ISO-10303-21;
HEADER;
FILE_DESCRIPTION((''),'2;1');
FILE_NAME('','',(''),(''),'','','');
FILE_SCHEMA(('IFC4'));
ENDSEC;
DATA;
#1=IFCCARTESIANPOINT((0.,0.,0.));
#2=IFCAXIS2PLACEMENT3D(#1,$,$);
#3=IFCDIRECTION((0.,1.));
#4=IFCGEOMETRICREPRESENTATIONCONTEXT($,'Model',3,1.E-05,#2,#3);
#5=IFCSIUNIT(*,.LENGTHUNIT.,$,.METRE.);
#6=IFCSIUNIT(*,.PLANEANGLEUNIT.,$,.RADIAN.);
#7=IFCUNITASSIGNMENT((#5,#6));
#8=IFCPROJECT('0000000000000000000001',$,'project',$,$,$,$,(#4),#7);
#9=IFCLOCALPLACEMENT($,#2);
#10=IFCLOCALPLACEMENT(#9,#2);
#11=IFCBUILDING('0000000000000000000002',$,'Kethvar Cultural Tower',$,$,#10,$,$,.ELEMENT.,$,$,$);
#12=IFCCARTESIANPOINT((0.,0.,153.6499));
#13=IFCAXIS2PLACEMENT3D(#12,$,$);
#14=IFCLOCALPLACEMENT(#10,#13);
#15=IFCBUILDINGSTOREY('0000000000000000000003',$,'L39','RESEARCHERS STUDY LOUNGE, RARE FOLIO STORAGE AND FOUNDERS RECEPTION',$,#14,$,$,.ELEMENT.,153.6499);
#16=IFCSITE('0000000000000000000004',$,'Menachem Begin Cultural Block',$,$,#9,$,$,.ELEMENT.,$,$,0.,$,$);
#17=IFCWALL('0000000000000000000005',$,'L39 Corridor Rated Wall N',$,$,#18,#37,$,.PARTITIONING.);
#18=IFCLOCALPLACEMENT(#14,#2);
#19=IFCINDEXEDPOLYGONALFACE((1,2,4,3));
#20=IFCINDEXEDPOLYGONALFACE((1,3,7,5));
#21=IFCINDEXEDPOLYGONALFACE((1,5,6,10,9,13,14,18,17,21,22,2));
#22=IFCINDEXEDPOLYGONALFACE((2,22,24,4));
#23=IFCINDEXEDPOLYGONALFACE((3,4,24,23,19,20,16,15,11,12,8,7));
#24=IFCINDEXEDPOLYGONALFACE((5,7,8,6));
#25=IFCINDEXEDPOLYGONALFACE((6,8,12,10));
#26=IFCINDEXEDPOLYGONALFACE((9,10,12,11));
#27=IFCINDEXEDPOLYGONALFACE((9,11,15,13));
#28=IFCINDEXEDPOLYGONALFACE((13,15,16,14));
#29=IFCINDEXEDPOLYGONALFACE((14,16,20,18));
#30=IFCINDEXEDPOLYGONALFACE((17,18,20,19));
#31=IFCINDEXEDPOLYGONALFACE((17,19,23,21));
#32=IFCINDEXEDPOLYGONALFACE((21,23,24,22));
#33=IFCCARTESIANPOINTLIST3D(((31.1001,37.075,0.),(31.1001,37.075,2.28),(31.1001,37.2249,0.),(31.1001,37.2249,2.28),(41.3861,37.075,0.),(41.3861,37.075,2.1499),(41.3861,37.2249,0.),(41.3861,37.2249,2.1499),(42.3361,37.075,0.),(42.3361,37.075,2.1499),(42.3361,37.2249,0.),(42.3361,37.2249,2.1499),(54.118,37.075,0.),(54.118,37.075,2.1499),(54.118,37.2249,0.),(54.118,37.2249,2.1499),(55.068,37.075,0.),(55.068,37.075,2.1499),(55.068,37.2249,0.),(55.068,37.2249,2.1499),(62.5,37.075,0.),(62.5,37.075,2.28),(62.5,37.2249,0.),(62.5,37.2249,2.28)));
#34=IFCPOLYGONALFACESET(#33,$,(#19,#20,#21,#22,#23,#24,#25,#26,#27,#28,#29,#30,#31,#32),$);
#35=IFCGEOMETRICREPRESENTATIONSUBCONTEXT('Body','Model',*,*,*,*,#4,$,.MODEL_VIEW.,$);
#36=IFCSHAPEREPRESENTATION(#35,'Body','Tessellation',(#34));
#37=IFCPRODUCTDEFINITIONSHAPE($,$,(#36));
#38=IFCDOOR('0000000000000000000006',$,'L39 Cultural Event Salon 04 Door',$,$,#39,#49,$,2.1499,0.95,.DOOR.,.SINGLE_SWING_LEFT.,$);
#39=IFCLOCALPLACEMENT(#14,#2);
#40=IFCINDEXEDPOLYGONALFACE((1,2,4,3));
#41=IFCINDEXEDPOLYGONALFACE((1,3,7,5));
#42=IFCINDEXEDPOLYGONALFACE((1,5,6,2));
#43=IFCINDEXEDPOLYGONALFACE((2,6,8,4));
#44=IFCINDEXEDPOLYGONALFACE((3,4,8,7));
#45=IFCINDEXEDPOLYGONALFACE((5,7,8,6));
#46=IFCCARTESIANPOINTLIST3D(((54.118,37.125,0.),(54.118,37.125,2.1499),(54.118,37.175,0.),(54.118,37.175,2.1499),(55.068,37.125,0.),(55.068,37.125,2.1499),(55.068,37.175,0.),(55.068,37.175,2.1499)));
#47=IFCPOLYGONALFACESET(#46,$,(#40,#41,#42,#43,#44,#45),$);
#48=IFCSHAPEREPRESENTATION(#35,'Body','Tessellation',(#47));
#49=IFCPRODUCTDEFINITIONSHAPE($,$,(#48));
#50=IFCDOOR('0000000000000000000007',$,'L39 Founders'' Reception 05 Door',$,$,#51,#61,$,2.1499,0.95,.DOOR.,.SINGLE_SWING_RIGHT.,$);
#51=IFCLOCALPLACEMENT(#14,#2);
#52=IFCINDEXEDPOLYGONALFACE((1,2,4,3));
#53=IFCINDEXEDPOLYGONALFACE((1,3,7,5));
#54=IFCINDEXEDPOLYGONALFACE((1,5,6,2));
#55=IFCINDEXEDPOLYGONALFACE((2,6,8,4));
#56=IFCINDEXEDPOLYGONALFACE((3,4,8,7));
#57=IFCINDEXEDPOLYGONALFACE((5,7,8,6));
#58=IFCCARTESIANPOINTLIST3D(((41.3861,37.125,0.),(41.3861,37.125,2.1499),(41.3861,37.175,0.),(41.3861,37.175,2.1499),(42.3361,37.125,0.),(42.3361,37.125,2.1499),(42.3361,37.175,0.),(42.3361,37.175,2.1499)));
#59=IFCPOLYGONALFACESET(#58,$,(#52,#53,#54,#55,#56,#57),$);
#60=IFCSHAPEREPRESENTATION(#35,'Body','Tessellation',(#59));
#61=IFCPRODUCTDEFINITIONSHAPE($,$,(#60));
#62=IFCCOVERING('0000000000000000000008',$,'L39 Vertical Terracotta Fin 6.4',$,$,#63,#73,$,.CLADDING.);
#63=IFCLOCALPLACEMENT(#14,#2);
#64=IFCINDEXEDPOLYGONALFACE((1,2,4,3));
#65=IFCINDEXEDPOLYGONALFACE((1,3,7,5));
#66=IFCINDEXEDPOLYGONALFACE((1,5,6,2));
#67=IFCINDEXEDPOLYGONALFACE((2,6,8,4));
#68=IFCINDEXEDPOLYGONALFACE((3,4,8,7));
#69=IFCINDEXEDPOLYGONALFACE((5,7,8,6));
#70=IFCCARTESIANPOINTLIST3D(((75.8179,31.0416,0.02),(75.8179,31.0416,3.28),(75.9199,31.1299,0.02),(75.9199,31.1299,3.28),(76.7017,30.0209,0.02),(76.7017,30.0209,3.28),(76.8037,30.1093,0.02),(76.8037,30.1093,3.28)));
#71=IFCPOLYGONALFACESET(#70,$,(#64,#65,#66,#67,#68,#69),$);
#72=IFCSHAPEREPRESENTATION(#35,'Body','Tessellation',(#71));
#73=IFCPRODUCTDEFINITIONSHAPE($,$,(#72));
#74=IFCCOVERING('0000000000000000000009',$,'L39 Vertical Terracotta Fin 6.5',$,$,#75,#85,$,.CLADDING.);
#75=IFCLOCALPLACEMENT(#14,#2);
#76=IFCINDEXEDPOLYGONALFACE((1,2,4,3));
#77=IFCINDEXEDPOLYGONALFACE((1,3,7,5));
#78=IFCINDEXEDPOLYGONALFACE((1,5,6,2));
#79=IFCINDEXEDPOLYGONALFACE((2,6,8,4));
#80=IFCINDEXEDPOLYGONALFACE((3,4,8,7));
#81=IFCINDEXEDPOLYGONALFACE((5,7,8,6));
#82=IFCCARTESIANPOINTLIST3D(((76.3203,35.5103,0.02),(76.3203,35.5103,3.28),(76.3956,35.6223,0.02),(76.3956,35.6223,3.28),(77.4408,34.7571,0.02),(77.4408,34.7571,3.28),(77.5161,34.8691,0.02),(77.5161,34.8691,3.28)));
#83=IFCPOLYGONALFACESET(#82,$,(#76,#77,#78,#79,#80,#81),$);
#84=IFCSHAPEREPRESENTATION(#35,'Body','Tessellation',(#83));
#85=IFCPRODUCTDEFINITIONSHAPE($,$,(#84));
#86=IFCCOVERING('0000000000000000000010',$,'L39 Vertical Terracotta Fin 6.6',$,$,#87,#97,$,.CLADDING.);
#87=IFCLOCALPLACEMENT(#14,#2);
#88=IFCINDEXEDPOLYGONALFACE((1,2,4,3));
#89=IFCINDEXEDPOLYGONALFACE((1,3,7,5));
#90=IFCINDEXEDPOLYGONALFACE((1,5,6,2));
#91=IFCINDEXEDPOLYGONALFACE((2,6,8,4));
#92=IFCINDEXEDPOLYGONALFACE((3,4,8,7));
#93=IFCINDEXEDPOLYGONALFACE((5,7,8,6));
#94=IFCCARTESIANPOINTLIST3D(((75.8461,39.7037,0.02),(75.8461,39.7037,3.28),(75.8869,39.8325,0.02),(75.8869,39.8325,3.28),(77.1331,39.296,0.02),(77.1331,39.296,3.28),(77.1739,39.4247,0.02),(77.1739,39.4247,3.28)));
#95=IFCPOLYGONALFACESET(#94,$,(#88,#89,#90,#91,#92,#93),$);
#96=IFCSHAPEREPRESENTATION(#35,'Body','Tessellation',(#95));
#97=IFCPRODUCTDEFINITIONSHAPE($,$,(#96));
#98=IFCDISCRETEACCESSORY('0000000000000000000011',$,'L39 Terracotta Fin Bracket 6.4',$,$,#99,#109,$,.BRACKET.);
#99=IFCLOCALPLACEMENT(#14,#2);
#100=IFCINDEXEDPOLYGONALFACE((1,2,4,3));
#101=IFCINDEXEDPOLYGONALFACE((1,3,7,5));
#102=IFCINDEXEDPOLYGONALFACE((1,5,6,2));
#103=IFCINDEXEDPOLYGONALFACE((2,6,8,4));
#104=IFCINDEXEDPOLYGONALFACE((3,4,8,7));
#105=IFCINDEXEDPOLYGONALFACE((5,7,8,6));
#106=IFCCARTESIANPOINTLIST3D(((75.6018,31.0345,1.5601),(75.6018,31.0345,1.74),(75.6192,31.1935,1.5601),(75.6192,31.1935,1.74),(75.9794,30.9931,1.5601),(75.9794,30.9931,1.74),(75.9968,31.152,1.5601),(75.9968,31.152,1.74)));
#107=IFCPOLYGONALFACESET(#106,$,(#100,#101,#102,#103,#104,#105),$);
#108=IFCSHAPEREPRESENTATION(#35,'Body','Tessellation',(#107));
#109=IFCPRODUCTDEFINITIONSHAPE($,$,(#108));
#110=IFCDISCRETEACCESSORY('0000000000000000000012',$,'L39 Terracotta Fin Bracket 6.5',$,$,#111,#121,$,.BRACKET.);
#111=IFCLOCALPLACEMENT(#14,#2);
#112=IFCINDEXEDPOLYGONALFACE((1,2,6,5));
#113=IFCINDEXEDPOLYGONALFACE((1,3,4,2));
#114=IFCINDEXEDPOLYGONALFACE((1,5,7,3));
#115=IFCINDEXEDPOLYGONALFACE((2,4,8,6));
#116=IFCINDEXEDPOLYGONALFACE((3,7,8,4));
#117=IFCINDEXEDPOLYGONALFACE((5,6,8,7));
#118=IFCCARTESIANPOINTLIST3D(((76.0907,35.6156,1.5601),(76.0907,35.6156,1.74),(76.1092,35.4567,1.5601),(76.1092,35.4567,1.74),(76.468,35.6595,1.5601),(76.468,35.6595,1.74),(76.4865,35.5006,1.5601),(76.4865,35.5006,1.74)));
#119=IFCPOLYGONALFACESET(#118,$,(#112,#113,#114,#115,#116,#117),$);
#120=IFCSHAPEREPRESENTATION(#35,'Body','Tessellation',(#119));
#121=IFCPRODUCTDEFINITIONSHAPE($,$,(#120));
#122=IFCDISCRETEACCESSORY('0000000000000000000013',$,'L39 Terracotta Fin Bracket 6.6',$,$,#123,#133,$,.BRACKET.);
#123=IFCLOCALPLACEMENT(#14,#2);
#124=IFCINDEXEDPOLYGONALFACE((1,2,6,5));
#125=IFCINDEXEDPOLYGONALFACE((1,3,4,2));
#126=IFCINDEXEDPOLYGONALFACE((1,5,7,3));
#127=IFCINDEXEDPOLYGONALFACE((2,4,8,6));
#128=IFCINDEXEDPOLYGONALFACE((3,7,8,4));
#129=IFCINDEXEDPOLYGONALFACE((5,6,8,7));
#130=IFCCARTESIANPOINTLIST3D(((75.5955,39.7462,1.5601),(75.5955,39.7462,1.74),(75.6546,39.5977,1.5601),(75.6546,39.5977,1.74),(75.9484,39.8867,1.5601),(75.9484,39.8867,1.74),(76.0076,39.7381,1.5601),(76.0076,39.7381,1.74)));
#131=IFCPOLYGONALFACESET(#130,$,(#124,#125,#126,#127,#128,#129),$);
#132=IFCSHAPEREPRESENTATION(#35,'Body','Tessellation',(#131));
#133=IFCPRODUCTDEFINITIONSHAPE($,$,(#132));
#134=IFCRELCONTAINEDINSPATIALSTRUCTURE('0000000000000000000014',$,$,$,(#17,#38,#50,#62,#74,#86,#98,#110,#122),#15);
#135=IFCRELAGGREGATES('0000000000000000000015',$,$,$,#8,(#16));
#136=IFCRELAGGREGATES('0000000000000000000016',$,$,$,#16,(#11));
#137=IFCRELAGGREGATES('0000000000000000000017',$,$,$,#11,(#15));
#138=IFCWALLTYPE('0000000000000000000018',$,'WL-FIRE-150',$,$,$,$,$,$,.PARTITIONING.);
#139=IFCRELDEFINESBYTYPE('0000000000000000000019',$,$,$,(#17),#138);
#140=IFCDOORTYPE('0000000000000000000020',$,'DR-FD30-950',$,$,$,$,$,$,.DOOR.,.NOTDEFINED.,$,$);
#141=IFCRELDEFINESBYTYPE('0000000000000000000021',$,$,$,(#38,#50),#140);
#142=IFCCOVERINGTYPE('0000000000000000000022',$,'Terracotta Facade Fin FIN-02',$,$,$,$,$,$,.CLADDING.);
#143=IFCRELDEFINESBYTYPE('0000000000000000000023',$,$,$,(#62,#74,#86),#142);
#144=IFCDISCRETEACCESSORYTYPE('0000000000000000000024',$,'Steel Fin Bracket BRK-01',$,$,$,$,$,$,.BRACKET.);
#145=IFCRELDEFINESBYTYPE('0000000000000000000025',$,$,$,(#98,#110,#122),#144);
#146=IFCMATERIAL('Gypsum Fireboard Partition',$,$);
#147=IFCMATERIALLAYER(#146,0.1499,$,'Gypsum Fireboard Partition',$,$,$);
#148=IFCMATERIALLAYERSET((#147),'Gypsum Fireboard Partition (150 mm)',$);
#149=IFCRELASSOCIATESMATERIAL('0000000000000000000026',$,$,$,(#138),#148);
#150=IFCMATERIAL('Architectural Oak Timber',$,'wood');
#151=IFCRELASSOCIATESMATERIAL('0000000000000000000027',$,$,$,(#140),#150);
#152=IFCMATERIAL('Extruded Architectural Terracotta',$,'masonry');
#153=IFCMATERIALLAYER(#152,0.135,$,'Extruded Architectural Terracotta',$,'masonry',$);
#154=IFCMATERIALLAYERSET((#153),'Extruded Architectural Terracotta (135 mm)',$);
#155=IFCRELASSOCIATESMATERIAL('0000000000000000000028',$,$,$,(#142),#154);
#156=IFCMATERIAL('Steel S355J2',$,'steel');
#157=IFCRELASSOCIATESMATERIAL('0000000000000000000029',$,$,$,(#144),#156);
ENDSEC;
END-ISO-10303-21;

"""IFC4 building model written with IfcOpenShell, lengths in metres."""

from ifc_helpers import new_model, si_unit, direction, frame, frame_2d, origin, origin_2d, place, context, subcontext, project, spatial, rectangle, extrude, source, transform, mapped, material, layer, layer_set, type_object, element, fill, save


model = new_model("IFC4")

# Units and contexts
model_context = context("Model", 3, precision=1e-05, world=origin(), true_north=direction((0.0, 1.0)))
body_context = subcontext(model_context, "Body", "Model", "MODEL_VIEW")
ifc_project = project(units=[si_unit("LENGTHUNIT", "METRE"), si_unit("PLANEANGLEUNIT", "RADIAN")], contexts=[model_context])

# Site, building, storey
site_placement = place(None, origin())
site = spatial("IfcSite", under=ifc_project, at=site_placement, Name="Menachem Begin Cultural Block", CompositionType="ELEMENT", RefElevation=0.0)
building_placement = place(site_placement, origin())
building = spatial("IfcBuilding", under=site, at=building_placement, Name="Kethvar Cultural Tower", CompositionType="ELEMENT")
storey_placement = place(building_placement, frame((0.0, 0.0, 153.6499)))
storey = spatial("IfcBuildingStorey", under=building, at=storey_placement, Name="L39", Description="RESEARCHERS STUDY LOUNGE, RARE FOLIO STORAGE AND FOUNDERS RECEPTION", CompositionType="ELEMENT", Elevation=153.6499)

# Shared definitions
ifc_material_1 = material(Name="Steel S355J2", Category="steel")

# Shared definitions
ifc_material_2 = material(Name="Gypsum Fireboard Partition")
ifc_layer_1 = layer(ifc_material_2, 0.1499, Name="Gypsum Fireboard Partition")
ifc_layer_set_1 = layer_set([ifc_layer_1], Name="Gypsum Fireboard Partition (150 mm)")
wall_type = type_object("IfcWallType", Name="WL-FIRE-150", PredefinedType="PARTITIONING", material=ifc_layer_set_1)

# Wall, openings, doors
wall_1_placement = place(storey_placement, frame((62.5, 37.1499, 0.0), z_axis=(0.0, 0.0, 1.0), x_axis=(-1.0, 0.0, 0.0)))
wall_1 = element("IfcWall", 1, at=wall_1_placement, inside=storey, type_object=wall_type, Name="L39 Corridor Rated Wall N", PredefinedType="PARTITIONING", context=body_context, shape_type="SweptSolid", body=[
    extrude(rectangle(XDim=31.3999, YDim=0.1499, at=frame_2d((15.7, 0.0))), origin(), (0.0, 0.0, 1.0), 2.28),
])
opening_1_placement = place(wall_1_placement, frame((7.4319, 0.0, 0.0)))
opening_1 = element("IfcOpeningElement", 2, at=opening_1_placement, cuts=wall_1, PredefinedType="OPENING", context=body_context, shape_type="SweptSolid", body=[
    extrude(rectangle(XDim=0.95, YDim=2.1499, at=frame_2d((0.4751, 1.075))), frame((0.0, 0.085, 0.0), z_axis=(0.0, -1.0, 0.0), x_axis=(1.0, 0.0, 0.0)), (0.0, 0.0, 1.0), 0.1699),
])
opening_2_placement = place(wall_1_placement, frame((20.1638, 0.0, 0.0)))
opening_2 = element("IfcOpeningElement", 3, at=opening_2_placement, cuts=wall_1, PredefinedType="OPENING", context=body_context, shape_type="SweptSolid", body=[
    extrude(rectangle(XDim=0.95, YDim=2.1499, at=frame_2d((0.4751, 1.075))), frame((0.0, 0.085, 0.0), z_axis=(0.0, -1.0, 0.0), x_axis=(1.0, 0.0, 0.0)), (0.0, 0.0, 1.0), 0.1699),
])
ifc_material_3 = material(Name="Architectural Oak Timber", Category="wood")
door_type = type_object("IfcDoorType", Name="DR-FD30-950", OperationType="NOTDEFINED", PredefinedType="DOOR", material=ifc_material_3)
shared_shape_1 = source(origin(), body_context, "Body", "SweptSolid", [
    extrude(rectangle(XDim=0.95, YDim=2.1499, at=frame_2d((0.4751, 1.075))), frame((0.0, 0.0249, 0.0), z_axis=(0.0, -1.0, 0.0), x_axis=(1.0, 0.0, 0.0)), (0.0, 0.0, 1.0), 0.05),
])
door_1_placement = place(opening_1_placement, origin())
door_1 = element("IfcDoor", 4, at=door_1_placement, inside=storey, type_object=door_type, Name="L39 Cultural Event Salon 04 Door", OperationType="SINGLE_SWING_LEFT", OverallHeight=2.1499, OverallWidth=0.95, PredefinedType="DOOR", context=body_context, shape_type="MappedRepresentation", body=[
    mapped(shared_shape_1, transform((0.0, 0.0, 0.0), scale=1.0)),
])
fill(opening_1, door_1)
door_2_placement = place(opening_2_placement, origin())
door_2 = element("IfcDoor", 5, at=door_2_placement, inside=storey, type_object=door_type, Name="L39 Founders' Reception 05 Door", OperationType="SINGLE_SWING_RIGHT", OverallHeight=2.1499, OverallWidth=0.95, PredefinedType="DOOR", context=body_context, shape_type="MappedRepresentation", body=[
    mapped(shared_shape_1, transform((0.0, 0.0, 0.0), scale=1.0)),
])
fill(opening_2, door_2)

# Coverings
ifc_material_4 = material(Name="Extruded Architectural Terracotta", Category="masonry")
ifc_layer_2 = layer(ifc_material_4, 0.135, Name="Extruded Architectural Terracotta", Category="masonry")
ifc_layer_set_2 = layer_set([ifc_layer_2], Name="Extruded Architectural Terracotta (135 mm)")
covering_type = type_object("IfcCoveringType", Name="Terracotta Facade Fin FIN-02", PredefinedType="CLADDING", material=ifc_layer_set_2)
shared_shape_2 = source(origin(), body_context, "Body", "SweptSolid", [
    extrude(rectangle(XDim=1.3501, YDim=0.135, at=origin_2d()), origin(), (0.0, 0.0, 1.0), 3.26),
])
for number, where, z_axis, x_axis, name in (
    (6, (76.3108, 30.5754, 0.02), (0.0, 0.0, 1.0), (0.654609, -0.755968, 0.0), "L39 Vertical Terracotta Fin 6.4"),
    (7, (76.9182, 35.1897, 0.02), (0.0, 0.0, 1.0), (0.829915, -0.55789, 0.0), "L39 Vertical Terracotta Fin 6.5"),
    (8, (76.51, 39.5642, 0.02), (0.0, 0.0, 1.0), (0.953296, -0.302037, 0.0), "L39 Vertical Terracotta Fin 6.6"),
):
    element("IfcCovering", number, at=place(storey_placement, frame(where, z_axis=z_axis, x_axis=x_axis)), inside=storey, type_object=covering_type, Name=name, PredefinedType="CLADDING", context=body_context, shape_type="MappedRepresentation", body=[
        mapped(shared_shape_2, transform((0.0, 0.0, 0.0), scale=1.0)),
    ])

# Discrete accessories
discrete_accessory_type = type_object("IfcDiscreteAccessoryType", Name="Steel Fin Bracket BRK-01", PredefinedType="BRACKET", material=ifc_material_1)
shared_shape_3 = source(origin(), body_context, "Body", "SweptSolid", [
    extrude(rectangle(XDim=0.3799, YDim=0.1599, at=origin_2d()), origin(), (0.0, 0.0, 1.0), 0.1799),
])
for number, where, z_axis, x_axis, name in (
    (9, (75.7993, 31.0933, 1.5601), (0.0, 0.0, 1.0), (0.994037, -0.10904, 0.0), "L39 Terracotta Fin Bracket 6.4"),
    (10, (76.2886, 35.5581, 1.5601), (0.0, 0.0, 1.0), (0.993292, 0.115631, 0.0), "L39 Terracotta Fin Bracket 6.5"),
    (11, (75.8015, 39.7422, 1.5601), (0.0, 0.0, 1.0), (0.929133, 0.369747, 0.0), "L39 Terracotta Fin Bracket 6.6"),
):
    element("IfcDiscreteAccessory", number, at=place(storey_placement, frame(where, z_axis=z_axis, x_axis=x_axis)), inside=storey, type_object=discrete_accessory_type, Name=name, PredefinedType="BRACKET", context=body_context, shape_type="MappedRepresentation", body=[
        mapped(shared_shape_3, transform((0.0, 0.0, 0.0), scale=1.0)),
    ])

save(model, "model.ifc")
